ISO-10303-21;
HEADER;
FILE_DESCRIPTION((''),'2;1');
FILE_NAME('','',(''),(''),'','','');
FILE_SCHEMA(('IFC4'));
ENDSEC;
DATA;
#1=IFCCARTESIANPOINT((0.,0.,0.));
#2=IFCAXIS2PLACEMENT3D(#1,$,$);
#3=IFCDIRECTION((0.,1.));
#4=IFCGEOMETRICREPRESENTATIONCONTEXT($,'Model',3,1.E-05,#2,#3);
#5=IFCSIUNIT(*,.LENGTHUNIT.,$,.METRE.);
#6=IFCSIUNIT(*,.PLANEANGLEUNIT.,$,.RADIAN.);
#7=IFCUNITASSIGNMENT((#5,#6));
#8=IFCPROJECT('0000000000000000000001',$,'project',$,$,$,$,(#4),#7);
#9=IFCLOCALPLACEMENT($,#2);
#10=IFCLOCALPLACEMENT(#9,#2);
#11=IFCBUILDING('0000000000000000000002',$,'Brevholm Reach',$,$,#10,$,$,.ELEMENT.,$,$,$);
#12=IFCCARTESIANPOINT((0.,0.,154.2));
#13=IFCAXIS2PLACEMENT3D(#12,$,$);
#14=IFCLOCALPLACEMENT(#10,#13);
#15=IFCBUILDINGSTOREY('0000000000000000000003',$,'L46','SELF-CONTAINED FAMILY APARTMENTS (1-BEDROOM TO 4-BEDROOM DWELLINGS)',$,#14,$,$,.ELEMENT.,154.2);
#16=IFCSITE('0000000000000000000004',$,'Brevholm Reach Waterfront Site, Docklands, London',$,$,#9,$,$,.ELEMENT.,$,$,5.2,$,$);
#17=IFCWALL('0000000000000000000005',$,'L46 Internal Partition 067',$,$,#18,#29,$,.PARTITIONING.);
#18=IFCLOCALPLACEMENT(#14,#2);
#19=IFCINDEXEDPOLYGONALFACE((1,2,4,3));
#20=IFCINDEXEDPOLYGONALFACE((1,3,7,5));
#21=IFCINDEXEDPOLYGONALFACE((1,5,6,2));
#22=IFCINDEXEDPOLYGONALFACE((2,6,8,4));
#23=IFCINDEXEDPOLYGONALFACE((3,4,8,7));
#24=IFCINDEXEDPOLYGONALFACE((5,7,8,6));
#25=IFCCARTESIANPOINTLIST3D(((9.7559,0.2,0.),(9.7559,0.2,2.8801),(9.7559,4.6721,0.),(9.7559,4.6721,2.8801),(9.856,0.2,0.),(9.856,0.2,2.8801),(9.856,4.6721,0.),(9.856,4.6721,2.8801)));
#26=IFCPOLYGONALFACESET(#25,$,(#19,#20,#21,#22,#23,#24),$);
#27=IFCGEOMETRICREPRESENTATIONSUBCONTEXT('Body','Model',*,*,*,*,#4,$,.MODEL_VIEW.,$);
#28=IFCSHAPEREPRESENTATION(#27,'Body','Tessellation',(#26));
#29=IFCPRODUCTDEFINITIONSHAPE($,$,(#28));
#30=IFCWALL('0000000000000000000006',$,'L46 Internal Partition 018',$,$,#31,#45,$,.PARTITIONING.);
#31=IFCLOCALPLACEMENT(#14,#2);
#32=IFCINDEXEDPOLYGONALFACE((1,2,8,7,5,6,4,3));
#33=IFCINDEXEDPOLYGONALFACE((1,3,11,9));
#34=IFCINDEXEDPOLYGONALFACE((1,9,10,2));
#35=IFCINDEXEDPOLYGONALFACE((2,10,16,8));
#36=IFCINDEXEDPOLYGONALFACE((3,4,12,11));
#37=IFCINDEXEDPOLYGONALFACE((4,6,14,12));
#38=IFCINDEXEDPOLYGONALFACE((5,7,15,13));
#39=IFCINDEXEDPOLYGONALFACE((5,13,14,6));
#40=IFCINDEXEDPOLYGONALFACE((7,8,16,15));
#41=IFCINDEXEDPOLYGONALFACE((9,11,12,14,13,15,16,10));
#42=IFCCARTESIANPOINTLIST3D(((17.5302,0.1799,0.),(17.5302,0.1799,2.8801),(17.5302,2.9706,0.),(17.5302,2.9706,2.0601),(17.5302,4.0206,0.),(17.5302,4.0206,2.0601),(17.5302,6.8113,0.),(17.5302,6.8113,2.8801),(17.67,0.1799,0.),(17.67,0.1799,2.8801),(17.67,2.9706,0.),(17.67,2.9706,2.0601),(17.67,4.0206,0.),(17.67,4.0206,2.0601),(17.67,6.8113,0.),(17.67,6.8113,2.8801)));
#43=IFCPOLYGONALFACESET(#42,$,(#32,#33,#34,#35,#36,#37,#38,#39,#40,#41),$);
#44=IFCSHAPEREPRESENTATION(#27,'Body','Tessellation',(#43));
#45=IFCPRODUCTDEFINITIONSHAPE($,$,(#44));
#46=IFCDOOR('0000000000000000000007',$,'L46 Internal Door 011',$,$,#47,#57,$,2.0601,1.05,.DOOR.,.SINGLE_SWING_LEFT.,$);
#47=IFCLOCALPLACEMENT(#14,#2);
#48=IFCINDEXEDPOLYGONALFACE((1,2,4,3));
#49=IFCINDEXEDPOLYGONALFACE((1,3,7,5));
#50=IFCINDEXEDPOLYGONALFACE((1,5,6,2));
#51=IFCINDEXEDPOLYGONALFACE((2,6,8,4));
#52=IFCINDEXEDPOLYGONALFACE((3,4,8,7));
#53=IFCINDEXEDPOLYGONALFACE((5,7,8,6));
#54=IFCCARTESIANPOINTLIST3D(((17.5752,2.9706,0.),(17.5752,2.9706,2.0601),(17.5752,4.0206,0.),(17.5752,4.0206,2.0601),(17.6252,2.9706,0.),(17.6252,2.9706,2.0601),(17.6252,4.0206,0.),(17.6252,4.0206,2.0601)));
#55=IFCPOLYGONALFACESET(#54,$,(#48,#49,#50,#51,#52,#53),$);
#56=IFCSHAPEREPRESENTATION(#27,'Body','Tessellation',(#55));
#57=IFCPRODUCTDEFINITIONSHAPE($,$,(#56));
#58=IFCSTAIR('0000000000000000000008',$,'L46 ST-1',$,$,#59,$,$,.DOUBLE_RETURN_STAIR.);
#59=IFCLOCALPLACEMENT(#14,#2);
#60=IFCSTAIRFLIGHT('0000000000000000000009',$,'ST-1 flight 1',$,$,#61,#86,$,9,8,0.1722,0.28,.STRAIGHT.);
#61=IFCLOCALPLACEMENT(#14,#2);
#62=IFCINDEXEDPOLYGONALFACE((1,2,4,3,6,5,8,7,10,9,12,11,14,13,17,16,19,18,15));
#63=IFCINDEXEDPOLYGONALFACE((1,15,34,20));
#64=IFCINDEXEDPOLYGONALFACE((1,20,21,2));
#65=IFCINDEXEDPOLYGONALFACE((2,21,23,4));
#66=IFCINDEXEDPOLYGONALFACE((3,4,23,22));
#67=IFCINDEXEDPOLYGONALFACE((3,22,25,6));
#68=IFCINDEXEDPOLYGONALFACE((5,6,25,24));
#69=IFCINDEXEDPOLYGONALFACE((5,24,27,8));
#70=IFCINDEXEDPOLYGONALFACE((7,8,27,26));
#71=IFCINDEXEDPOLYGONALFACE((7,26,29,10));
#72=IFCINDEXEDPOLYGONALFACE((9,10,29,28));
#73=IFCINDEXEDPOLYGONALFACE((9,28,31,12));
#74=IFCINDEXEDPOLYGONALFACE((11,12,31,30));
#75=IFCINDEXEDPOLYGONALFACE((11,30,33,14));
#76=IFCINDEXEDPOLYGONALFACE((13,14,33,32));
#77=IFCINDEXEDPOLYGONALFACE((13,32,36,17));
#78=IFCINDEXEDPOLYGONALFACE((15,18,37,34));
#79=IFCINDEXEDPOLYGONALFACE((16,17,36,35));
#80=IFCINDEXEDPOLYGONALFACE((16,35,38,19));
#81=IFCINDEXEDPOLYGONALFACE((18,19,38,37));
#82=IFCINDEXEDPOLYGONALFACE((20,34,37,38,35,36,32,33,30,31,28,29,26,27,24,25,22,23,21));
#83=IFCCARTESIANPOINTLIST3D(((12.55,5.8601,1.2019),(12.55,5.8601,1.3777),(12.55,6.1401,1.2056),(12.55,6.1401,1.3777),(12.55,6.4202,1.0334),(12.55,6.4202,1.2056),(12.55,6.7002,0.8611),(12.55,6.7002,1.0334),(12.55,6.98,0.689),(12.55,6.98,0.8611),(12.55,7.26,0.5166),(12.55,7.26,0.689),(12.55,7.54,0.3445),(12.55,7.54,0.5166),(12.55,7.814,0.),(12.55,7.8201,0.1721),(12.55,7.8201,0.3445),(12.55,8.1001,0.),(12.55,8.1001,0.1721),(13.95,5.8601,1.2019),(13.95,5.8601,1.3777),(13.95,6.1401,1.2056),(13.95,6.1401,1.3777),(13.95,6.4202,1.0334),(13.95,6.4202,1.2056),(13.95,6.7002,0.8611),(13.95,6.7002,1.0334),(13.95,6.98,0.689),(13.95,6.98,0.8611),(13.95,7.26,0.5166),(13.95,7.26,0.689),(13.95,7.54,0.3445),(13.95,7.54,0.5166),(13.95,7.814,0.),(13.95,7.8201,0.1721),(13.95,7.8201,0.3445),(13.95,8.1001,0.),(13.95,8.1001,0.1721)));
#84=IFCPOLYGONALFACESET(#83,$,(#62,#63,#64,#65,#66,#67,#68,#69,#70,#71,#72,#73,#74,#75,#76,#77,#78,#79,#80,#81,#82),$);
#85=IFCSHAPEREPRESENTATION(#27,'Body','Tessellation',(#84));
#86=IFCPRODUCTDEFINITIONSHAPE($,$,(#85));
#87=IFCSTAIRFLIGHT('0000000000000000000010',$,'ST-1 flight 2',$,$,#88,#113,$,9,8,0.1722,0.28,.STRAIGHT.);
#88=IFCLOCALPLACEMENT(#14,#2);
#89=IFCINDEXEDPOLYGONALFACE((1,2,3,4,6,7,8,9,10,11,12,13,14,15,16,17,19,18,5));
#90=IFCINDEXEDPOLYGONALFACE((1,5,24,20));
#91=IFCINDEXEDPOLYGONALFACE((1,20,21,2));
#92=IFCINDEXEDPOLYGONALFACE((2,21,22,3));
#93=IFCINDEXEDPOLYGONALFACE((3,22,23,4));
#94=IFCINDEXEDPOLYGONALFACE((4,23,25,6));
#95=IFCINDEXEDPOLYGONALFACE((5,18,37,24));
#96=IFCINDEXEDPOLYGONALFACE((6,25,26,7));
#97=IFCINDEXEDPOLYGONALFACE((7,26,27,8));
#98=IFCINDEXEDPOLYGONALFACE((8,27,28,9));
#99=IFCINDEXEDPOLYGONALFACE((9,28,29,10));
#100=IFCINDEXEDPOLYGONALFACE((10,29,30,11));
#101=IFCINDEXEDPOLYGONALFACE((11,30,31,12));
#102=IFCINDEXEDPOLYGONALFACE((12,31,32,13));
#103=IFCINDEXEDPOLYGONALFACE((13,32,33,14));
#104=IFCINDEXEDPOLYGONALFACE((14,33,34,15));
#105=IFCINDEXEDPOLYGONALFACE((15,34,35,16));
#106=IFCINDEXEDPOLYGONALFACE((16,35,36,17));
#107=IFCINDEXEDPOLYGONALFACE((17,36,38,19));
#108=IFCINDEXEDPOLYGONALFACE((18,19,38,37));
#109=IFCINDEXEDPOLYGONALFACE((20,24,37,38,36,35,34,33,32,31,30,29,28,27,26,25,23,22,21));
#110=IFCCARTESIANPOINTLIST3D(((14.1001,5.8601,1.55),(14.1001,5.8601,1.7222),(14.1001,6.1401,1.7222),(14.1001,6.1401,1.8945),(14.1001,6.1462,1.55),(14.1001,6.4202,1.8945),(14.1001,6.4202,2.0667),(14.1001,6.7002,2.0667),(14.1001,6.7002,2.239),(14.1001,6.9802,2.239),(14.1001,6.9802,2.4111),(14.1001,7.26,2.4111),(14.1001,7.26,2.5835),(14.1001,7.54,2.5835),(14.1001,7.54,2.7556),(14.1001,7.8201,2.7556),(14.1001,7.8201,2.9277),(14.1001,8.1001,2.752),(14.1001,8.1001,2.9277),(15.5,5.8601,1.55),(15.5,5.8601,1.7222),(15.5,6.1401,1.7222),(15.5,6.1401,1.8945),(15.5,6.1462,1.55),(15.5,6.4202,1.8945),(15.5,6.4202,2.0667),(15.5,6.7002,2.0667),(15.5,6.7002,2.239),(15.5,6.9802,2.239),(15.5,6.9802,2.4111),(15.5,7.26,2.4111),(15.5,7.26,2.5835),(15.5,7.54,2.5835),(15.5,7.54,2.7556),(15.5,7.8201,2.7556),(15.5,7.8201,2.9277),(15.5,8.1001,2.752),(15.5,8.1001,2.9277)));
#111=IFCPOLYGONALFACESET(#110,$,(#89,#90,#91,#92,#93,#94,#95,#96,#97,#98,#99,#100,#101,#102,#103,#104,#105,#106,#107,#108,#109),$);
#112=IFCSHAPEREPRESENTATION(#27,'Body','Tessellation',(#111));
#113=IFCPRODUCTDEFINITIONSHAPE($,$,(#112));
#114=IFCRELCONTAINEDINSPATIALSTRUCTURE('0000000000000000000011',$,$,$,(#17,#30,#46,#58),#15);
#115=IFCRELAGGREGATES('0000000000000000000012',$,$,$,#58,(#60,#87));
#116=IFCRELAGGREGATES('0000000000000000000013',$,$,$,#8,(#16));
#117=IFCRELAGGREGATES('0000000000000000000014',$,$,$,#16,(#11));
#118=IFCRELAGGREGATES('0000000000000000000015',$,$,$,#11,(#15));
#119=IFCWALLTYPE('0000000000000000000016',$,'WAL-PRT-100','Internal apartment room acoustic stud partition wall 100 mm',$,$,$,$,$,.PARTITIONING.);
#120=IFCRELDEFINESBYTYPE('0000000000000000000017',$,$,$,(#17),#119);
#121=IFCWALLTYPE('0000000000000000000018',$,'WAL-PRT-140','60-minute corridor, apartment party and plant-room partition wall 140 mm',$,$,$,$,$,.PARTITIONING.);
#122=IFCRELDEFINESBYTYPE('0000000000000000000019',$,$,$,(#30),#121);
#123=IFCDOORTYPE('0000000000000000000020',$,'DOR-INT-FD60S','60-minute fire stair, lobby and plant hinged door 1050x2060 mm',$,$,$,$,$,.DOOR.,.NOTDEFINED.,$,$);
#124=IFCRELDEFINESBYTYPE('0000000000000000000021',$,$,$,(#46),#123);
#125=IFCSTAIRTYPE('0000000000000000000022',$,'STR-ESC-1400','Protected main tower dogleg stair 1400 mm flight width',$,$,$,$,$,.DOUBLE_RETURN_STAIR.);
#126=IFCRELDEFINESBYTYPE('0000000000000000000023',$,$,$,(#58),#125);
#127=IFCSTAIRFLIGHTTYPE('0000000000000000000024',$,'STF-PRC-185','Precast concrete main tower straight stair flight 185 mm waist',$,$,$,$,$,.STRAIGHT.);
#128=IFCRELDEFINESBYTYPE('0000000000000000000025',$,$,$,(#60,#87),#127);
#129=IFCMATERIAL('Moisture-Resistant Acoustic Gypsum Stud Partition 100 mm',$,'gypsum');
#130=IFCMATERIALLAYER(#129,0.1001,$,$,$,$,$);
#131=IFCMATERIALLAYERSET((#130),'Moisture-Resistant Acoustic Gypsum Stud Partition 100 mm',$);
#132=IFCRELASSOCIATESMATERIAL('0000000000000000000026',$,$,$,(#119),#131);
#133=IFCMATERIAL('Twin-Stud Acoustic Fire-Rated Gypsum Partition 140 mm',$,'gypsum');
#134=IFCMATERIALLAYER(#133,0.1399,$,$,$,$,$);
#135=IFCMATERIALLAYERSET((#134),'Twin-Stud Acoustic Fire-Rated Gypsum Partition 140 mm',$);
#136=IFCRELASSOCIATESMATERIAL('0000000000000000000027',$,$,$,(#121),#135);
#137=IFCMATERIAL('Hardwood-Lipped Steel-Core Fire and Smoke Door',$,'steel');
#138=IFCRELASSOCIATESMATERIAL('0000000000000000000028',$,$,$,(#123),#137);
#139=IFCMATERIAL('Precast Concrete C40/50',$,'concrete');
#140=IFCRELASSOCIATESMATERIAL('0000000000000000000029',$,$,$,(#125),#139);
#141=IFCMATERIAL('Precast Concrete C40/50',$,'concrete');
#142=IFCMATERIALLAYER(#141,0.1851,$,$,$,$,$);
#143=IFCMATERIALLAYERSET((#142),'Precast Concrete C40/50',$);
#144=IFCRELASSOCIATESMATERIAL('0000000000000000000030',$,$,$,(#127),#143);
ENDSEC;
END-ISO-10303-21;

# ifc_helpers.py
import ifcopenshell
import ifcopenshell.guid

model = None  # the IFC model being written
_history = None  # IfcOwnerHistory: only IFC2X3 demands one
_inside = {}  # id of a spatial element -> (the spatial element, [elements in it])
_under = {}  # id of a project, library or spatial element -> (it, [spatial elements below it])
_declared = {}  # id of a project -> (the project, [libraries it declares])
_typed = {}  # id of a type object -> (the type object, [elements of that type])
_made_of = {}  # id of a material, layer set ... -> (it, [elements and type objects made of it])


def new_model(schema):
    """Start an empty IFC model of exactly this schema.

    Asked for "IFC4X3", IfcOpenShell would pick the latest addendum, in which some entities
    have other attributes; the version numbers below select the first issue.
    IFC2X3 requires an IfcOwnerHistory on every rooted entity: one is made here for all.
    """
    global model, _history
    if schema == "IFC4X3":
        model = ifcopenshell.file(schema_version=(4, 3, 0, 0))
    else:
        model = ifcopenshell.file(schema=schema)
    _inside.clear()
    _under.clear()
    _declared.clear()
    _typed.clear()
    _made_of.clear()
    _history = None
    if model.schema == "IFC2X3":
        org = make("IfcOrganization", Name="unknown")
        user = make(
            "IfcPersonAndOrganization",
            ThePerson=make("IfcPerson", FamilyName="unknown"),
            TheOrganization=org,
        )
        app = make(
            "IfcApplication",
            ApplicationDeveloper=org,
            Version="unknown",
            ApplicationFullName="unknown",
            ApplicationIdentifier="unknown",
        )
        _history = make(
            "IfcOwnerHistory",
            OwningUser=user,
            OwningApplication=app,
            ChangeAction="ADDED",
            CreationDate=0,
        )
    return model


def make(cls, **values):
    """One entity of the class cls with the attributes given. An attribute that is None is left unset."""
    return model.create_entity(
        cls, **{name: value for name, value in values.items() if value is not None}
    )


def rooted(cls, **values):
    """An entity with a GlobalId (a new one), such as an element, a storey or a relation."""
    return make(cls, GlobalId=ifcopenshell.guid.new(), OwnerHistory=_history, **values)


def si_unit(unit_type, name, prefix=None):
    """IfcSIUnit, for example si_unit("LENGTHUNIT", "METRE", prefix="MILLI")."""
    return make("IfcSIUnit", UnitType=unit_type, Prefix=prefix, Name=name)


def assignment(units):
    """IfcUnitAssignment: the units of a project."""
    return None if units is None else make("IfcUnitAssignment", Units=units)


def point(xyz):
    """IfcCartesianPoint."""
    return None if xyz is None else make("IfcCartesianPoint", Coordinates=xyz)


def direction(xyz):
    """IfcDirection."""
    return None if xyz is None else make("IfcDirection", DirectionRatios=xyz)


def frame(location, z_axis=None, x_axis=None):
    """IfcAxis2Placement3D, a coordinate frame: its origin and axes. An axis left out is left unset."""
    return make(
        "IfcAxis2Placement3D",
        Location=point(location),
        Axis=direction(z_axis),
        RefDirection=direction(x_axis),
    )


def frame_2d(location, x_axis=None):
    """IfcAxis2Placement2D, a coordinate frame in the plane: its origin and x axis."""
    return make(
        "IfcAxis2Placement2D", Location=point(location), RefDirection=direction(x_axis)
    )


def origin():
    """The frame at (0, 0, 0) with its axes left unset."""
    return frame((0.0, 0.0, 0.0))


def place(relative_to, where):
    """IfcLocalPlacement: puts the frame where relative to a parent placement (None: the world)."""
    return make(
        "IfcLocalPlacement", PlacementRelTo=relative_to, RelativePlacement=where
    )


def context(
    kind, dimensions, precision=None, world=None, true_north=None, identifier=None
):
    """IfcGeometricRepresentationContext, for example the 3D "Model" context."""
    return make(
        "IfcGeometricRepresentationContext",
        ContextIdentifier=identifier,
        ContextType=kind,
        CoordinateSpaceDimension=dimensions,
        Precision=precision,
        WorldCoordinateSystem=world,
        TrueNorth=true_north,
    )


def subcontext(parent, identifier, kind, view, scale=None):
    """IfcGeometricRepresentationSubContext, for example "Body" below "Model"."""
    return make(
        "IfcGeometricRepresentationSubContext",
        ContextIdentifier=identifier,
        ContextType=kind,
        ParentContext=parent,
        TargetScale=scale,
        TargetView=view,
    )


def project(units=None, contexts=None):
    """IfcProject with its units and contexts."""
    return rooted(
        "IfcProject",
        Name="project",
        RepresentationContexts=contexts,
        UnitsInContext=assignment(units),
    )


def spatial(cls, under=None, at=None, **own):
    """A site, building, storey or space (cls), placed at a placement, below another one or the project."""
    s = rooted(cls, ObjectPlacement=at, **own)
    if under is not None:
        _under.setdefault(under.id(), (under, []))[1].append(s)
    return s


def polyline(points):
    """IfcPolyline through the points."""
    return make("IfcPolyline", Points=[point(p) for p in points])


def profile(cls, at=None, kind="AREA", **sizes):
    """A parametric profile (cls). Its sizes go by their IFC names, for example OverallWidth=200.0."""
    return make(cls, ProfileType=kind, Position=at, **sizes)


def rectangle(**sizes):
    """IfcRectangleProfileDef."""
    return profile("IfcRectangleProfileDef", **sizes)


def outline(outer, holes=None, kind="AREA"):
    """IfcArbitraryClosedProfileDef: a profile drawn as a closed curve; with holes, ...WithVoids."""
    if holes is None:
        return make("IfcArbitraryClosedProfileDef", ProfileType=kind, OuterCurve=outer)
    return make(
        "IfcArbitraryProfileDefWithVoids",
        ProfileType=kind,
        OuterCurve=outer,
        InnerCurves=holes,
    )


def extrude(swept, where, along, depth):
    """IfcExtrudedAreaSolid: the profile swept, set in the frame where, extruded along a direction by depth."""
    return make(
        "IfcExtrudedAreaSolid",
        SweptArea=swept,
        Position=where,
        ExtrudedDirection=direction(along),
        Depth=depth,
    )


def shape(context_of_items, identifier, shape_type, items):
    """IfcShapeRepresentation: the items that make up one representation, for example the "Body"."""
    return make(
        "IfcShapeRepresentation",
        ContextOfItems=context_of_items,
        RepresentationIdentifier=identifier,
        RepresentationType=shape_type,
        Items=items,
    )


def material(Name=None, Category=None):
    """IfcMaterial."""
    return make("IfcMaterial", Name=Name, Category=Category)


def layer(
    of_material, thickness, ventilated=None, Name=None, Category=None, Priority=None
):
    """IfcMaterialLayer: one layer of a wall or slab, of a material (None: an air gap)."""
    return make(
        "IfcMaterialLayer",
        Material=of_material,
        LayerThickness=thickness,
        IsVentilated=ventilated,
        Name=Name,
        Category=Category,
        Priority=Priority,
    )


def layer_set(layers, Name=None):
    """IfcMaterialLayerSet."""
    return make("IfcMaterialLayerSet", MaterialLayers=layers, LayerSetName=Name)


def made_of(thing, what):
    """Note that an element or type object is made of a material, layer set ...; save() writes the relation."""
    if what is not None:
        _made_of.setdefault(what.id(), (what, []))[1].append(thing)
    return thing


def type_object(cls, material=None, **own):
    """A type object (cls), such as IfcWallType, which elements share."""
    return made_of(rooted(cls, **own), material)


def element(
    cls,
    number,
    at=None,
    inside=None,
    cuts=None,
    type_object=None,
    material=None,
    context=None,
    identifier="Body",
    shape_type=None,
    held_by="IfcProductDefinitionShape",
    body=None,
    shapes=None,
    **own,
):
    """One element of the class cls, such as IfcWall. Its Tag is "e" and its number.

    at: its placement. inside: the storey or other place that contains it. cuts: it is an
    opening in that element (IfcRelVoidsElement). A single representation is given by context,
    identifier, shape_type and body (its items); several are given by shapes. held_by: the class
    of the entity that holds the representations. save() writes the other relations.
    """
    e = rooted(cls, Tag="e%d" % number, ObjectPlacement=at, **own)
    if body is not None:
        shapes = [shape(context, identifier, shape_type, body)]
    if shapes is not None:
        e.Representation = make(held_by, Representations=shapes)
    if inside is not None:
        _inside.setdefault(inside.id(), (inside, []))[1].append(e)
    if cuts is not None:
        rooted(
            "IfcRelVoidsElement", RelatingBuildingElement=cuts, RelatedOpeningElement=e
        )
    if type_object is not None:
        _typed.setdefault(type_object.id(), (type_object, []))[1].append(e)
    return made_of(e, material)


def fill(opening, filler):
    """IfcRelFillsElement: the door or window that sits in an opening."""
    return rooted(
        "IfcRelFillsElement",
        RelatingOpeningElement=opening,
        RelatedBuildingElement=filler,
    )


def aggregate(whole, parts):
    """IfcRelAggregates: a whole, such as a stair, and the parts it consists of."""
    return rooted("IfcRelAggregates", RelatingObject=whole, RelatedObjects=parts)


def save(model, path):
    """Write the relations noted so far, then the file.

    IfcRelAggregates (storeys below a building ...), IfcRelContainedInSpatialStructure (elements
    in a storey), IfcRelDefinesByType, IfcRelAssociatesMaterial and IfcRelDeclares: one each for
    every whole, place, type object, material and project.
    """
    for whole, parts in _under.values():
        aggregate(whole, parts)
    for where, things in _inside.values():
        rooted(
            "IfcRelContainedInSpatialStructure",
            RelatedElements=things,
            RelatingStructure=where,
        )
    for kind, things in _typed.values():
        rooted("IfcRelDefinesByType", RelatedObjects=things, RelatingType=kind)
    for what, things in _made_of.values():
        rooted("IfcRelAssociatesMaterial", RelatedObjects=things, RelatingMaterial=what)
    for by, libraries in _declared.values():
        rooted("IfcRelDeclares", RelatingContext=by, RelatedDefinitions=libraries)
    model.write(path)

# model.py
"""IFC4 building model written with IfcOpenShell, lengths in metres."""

from ifc_helpers import new_model, si_unit, direction, frame, frame_2d, origin, place, context, subcontext, project, spatial, polyline, rectangle, outline, extrude, material, layer, layer_set, type_object, element, fill, aggregate, save


model = new_model("IFC4")

# Units and contexts
model_context = context("Model", 3, precision=1e-05, world=origin(), true_north=direction((0.0, 1.0)))
body_context = subcontext(model_context, "Body", "Model", "MODEL_VIEW")
ifc_project = project(units=[si_unit("LENGTHUNIT", "METRE"), si_unit("PLANEANGLEUNIT", "RADIAN")], contexts=[model_context])

# Site, building, storey
site_placement = place(None, origin())
site = spatial("IfcSite", under=ifc_project, at=site_placement, Name="Brevholm Reach Waterfront Site, Docklands, London", CompositionType="ELEMENT", RefElevation=5.2)
building_placement = place(site_placement, origin())
building = spatial("IfcBuilding", under=site, at=building_placement, Name="Brevholm Reach", CompositionType="ELEMENT")
storey_placement = place(building_placement, frame((0.0, 0.0, 154.2)))
storey = spatial("IfcBuildingStorey", under=building, at=storey_placement, Name="L46", Description="SELF-CONTAINED FAMILY APARTMENTS (1-BEDROOM TO 4-BEDROOM DWELLINGS)", CompositionType="ELEMENT", Elevation=154.2)

# Wall
ifc_material_1 = material(Name="Moisture-Resistant Acoustic Gypsum Stud Partition 100 mm", Category="gypsum")
ifc_layer_1 = layer(ifc_material_1, 0.1001)
ifc_layer_set_1 = layer_set([ifc_layer_1], Name="Moisture-Resistant Acoustic Gypsum Stud Partition 100 mm")
wall_type_1 = type_object("IfcWallType", Name="WAL-PRT-100", Description="Internal apartment room acoustic stud partition wall 100 mm", PredefinedType="PARTITIONING", material=ifc_layer_set_1)
wall_1_placement = place(storey_placement, frame((9.8059, 0.2, 0.0), z_axis=(0.0, 0.0, 1.0), x_axis=(0.0, 1.0, 0.0)))
element("IfcWall", 1, at=wall_1_placement, inside=storey, type_object=wall_type_1, Name="L46 Internal Partition 067", PredefinedType="PARTITIONING", context=body_context, shape_type="SweptSolid", body=[
    extrude(rectangle(XDim=4.4722, YDim=0.1001, at=frame_2d((2.2361, 0.0))), origin(), (0.0, 0.0, 1.0), 2.8801),
])

# Wall, opening, door
ifc_material_2 = material(Name="Twin-Stud Acoustic Fire-Rated Gypsum Partition 140 mm", Category="gypsum")
ifc_layer_2 = layer(ifc_material_2, 0.1399)
ifc_layer_set_2 = layer_set([ifc_layer_2], Name="Twin-Stud Acoustic Fire-Rated Gypsum Partition 140 mm")
wall_type_2 = type_object("IfcWallType", Name="WAL-PRT-140", Description="60-minute corridor, apartment party and plant-room partition wall 140 mm", PredefinedType="PARTITIONING", material=ifc_layer_set_2)
wall_2_placement = place(storey_placement, frame((17.6001, 0.1799, 0.0), z_axis=(0.0, 0.0, 1.0), x_axis=(0.0, 1.0, 0.0)))
wall_2 = element("IfcWall", 2, at=wall_2_placement, inside=storey, type_object=wall_type_2, Name="L46 Internal Partition 018", PredefinedType="PARTITIONING", context=body_context, shape_type="SweptSolid", body=[
    extrude(rectangle(XDim=6.6313, YDim=0.1399, at=frame_2d((3.3157, 0.0))), origin(), (0.0, 0.0, 1.0), 2.8801),
])
opening_placement = place(wall_2_placement, frame((2.7908, 0.0, 0.0)))
opening = element("IfcOpeningElement", 3, at=opening_placement, cuts=wall_2, PredefinedType="OPENING", context=body_context, shape_type="SweptSolid", body=[
    extrude(rectangle(XDim=1.05, YDim=2.0601, at=frame_2d((0.5249, 1.03))), frame((0.0, 0.0798, 0.0), z_axis=(0.0, -1.0, 0.0), x_axis=(1.0, 0.0, 0.0)), (0.0, 0.0, 1.0), 0.1599),
])
ifc_material_3 = material(Name="Hardwood-Lipped Steel-Core Fire and Smoke Door", Category="steel")
door_type = type_object("IfcDoorType", Name="DOR-INT-FD60S", Description="60-minute fire stair, lobby and plant hinged door 1050x2060 mm", OperationType="NOTDEFINED", PredefinedType="DOOR", material=ifc_material_3)
door_placement = place(opening_placement, origin())
door = element("IfcDoor", 4, at=door_placement, inside=storey, type_object=door_type, Name="L46 Internal Door 011", OperationType="SINGLE_SWING_LEFT", OverallHeight=2.0601, OverallWidth=1.05, PredefinedType="DOOR", context=body_context, shape_type="SweptSolid", body=[
    extrude(rectangle(XDim=1.05, YDim=2.0601, at=frame_2d((0.5249, 1.03))), frame((0.0, 0.0249, 0.0), z_axis=(0.0, -1.0, 0.0), x_axis=(1.0, 0.0, 0.0)), (0.0, 0.0, 1.0), 0.05),
])
fill(opening, door)

# Stair, stair flights
ifc_material_4 = material(Name="Precast Concrete C40/50", Category="concrete")
stair_type = type_object("IfcStairType", Name="STR-ESC-1400", Description="Protected main tower dogleg stair 1400 mm flight width", PredefinedType="DOUBLE_RETURN_STAIR", material=ifc_material_4)
stair_placement = place(storey_placement, origin())
stair = element("IfcStair", 5, at=stair_placement, inside=storey, type_object=stair_type, Name="L46 ST-1", PredefinedType="DOUBLE_RETURN_STAIR")
ifc_material_5 = material(Name="Precast Concrete C40/50", Category="concrete")
ifc_layer_3 = layer(ifc_material_5, 0.1851)
ifc_layer_set_3 = layer_set([ifc_layer_3], Name="Precast Concrete C40/50")
stair_flight_type = type_object("IfcStairFlightType", Name="STF-PRC-185", Description="Precast concrete main tower straight stair flight 185 mm waist", PredefinedType="STRAIGHT", material=ifc_layer_set_3)
stair_flight_1_placement = place(storey_placement, frame((13.25, 8.1001, 0.0), z_axis=(0.0, 0.0, 1.0), x_axis=(0.0, -1.0, 0.0)))
stair_flight_1 = element("IfcStairFlight", 6, at=stair_flight_1_placement, type_object=stair_flight_type, Name="ST-1 flight 1", NumberOfRisers=9, NumberOfTreads=8, PredefinedType="STRAIGHT", RiserHeight=0.1722, TreadLength=0.28, context=body_context, shape_type="SweptSolid", body=[
    extrude(outline(polyline([(0.0, 0.0), (0.0, 0.1721), (0.28, 0.1721), (0.28, 0.3445), (0.5601, 0.3445), (0.5601, 0.5166), (0.8401, 0.5166), (0.8401, 0.689), (1.1201, 0.689), (1.1201, 0.8611), (1.3999, 0.8611), (1.3999, 1.0334), (1.6799, 1.0334), (1.6799, 1.2056), (1.96, 1.2056), (1.96, 1.3777), (2.24, 1.3777), (2.24, 1.55), (2.24, 1.2019), (0.2861, 0.0), (0.0, 0.0)])), frame((0.0, 0.7, 0.0), z_axis=(0.0, -1.0, 0.0), x_axis=(1.0, 0.0, 0.0)), (0.0, 0.0, 1.0), 1.3999),
])
stair_flight_2_placement = place(storey_placement, frame((14.8, 5.8601, 1.55), z_axis=(0.0, 0.0, 1.0), x_axis=(0.0, 1.0, 0.0)))
stair_flight_2 = element("IfcStairFlight", 7, at=stair_flight_2_placement, type_object=stair_flight_type, Name="ST-1 flight 2", NumberOfRisers=9, NumberOfTreads=8, PredefinedType="STRAIGHT", RiserHeight=0.1722, TreadLength=0.28, context=body_context, shape_type="SweptSolid", body=[
    extrude(outline(polyline([(0.0, 0.0), (0.0, 0.1721), (0.28, 0.1721), (0.28, 0.3445), (0.5601, 0.3445), (0.5601, 0.5166), (0.8401, 0.5166), (0.8401, 0.689), (1.1201, 0.689), (1.1201, 0.8611), (1.3999, 0.8611), (1.3999, 1.0334), (1.6799, 1.0334), (1.6799, 1.2056), (1.96, 1.2056), (1.96, 1.3777), (2.24, 1.3777), (2.24, 1.55), (2.24, 1.2019), (0.2861, 0.0), (0.0, 0.0)])), frame((0.0, 0.7, 0.0), z_axis=(0.0, -1.0, 0.0), x_axis=(1.0, 0.0, 0.0)), (0.0, 0.0, 1.0), 1.3999),
])
aggregate(stair, [stair_flight_1, stair_flight_2])

save(model, "model.ifc")
